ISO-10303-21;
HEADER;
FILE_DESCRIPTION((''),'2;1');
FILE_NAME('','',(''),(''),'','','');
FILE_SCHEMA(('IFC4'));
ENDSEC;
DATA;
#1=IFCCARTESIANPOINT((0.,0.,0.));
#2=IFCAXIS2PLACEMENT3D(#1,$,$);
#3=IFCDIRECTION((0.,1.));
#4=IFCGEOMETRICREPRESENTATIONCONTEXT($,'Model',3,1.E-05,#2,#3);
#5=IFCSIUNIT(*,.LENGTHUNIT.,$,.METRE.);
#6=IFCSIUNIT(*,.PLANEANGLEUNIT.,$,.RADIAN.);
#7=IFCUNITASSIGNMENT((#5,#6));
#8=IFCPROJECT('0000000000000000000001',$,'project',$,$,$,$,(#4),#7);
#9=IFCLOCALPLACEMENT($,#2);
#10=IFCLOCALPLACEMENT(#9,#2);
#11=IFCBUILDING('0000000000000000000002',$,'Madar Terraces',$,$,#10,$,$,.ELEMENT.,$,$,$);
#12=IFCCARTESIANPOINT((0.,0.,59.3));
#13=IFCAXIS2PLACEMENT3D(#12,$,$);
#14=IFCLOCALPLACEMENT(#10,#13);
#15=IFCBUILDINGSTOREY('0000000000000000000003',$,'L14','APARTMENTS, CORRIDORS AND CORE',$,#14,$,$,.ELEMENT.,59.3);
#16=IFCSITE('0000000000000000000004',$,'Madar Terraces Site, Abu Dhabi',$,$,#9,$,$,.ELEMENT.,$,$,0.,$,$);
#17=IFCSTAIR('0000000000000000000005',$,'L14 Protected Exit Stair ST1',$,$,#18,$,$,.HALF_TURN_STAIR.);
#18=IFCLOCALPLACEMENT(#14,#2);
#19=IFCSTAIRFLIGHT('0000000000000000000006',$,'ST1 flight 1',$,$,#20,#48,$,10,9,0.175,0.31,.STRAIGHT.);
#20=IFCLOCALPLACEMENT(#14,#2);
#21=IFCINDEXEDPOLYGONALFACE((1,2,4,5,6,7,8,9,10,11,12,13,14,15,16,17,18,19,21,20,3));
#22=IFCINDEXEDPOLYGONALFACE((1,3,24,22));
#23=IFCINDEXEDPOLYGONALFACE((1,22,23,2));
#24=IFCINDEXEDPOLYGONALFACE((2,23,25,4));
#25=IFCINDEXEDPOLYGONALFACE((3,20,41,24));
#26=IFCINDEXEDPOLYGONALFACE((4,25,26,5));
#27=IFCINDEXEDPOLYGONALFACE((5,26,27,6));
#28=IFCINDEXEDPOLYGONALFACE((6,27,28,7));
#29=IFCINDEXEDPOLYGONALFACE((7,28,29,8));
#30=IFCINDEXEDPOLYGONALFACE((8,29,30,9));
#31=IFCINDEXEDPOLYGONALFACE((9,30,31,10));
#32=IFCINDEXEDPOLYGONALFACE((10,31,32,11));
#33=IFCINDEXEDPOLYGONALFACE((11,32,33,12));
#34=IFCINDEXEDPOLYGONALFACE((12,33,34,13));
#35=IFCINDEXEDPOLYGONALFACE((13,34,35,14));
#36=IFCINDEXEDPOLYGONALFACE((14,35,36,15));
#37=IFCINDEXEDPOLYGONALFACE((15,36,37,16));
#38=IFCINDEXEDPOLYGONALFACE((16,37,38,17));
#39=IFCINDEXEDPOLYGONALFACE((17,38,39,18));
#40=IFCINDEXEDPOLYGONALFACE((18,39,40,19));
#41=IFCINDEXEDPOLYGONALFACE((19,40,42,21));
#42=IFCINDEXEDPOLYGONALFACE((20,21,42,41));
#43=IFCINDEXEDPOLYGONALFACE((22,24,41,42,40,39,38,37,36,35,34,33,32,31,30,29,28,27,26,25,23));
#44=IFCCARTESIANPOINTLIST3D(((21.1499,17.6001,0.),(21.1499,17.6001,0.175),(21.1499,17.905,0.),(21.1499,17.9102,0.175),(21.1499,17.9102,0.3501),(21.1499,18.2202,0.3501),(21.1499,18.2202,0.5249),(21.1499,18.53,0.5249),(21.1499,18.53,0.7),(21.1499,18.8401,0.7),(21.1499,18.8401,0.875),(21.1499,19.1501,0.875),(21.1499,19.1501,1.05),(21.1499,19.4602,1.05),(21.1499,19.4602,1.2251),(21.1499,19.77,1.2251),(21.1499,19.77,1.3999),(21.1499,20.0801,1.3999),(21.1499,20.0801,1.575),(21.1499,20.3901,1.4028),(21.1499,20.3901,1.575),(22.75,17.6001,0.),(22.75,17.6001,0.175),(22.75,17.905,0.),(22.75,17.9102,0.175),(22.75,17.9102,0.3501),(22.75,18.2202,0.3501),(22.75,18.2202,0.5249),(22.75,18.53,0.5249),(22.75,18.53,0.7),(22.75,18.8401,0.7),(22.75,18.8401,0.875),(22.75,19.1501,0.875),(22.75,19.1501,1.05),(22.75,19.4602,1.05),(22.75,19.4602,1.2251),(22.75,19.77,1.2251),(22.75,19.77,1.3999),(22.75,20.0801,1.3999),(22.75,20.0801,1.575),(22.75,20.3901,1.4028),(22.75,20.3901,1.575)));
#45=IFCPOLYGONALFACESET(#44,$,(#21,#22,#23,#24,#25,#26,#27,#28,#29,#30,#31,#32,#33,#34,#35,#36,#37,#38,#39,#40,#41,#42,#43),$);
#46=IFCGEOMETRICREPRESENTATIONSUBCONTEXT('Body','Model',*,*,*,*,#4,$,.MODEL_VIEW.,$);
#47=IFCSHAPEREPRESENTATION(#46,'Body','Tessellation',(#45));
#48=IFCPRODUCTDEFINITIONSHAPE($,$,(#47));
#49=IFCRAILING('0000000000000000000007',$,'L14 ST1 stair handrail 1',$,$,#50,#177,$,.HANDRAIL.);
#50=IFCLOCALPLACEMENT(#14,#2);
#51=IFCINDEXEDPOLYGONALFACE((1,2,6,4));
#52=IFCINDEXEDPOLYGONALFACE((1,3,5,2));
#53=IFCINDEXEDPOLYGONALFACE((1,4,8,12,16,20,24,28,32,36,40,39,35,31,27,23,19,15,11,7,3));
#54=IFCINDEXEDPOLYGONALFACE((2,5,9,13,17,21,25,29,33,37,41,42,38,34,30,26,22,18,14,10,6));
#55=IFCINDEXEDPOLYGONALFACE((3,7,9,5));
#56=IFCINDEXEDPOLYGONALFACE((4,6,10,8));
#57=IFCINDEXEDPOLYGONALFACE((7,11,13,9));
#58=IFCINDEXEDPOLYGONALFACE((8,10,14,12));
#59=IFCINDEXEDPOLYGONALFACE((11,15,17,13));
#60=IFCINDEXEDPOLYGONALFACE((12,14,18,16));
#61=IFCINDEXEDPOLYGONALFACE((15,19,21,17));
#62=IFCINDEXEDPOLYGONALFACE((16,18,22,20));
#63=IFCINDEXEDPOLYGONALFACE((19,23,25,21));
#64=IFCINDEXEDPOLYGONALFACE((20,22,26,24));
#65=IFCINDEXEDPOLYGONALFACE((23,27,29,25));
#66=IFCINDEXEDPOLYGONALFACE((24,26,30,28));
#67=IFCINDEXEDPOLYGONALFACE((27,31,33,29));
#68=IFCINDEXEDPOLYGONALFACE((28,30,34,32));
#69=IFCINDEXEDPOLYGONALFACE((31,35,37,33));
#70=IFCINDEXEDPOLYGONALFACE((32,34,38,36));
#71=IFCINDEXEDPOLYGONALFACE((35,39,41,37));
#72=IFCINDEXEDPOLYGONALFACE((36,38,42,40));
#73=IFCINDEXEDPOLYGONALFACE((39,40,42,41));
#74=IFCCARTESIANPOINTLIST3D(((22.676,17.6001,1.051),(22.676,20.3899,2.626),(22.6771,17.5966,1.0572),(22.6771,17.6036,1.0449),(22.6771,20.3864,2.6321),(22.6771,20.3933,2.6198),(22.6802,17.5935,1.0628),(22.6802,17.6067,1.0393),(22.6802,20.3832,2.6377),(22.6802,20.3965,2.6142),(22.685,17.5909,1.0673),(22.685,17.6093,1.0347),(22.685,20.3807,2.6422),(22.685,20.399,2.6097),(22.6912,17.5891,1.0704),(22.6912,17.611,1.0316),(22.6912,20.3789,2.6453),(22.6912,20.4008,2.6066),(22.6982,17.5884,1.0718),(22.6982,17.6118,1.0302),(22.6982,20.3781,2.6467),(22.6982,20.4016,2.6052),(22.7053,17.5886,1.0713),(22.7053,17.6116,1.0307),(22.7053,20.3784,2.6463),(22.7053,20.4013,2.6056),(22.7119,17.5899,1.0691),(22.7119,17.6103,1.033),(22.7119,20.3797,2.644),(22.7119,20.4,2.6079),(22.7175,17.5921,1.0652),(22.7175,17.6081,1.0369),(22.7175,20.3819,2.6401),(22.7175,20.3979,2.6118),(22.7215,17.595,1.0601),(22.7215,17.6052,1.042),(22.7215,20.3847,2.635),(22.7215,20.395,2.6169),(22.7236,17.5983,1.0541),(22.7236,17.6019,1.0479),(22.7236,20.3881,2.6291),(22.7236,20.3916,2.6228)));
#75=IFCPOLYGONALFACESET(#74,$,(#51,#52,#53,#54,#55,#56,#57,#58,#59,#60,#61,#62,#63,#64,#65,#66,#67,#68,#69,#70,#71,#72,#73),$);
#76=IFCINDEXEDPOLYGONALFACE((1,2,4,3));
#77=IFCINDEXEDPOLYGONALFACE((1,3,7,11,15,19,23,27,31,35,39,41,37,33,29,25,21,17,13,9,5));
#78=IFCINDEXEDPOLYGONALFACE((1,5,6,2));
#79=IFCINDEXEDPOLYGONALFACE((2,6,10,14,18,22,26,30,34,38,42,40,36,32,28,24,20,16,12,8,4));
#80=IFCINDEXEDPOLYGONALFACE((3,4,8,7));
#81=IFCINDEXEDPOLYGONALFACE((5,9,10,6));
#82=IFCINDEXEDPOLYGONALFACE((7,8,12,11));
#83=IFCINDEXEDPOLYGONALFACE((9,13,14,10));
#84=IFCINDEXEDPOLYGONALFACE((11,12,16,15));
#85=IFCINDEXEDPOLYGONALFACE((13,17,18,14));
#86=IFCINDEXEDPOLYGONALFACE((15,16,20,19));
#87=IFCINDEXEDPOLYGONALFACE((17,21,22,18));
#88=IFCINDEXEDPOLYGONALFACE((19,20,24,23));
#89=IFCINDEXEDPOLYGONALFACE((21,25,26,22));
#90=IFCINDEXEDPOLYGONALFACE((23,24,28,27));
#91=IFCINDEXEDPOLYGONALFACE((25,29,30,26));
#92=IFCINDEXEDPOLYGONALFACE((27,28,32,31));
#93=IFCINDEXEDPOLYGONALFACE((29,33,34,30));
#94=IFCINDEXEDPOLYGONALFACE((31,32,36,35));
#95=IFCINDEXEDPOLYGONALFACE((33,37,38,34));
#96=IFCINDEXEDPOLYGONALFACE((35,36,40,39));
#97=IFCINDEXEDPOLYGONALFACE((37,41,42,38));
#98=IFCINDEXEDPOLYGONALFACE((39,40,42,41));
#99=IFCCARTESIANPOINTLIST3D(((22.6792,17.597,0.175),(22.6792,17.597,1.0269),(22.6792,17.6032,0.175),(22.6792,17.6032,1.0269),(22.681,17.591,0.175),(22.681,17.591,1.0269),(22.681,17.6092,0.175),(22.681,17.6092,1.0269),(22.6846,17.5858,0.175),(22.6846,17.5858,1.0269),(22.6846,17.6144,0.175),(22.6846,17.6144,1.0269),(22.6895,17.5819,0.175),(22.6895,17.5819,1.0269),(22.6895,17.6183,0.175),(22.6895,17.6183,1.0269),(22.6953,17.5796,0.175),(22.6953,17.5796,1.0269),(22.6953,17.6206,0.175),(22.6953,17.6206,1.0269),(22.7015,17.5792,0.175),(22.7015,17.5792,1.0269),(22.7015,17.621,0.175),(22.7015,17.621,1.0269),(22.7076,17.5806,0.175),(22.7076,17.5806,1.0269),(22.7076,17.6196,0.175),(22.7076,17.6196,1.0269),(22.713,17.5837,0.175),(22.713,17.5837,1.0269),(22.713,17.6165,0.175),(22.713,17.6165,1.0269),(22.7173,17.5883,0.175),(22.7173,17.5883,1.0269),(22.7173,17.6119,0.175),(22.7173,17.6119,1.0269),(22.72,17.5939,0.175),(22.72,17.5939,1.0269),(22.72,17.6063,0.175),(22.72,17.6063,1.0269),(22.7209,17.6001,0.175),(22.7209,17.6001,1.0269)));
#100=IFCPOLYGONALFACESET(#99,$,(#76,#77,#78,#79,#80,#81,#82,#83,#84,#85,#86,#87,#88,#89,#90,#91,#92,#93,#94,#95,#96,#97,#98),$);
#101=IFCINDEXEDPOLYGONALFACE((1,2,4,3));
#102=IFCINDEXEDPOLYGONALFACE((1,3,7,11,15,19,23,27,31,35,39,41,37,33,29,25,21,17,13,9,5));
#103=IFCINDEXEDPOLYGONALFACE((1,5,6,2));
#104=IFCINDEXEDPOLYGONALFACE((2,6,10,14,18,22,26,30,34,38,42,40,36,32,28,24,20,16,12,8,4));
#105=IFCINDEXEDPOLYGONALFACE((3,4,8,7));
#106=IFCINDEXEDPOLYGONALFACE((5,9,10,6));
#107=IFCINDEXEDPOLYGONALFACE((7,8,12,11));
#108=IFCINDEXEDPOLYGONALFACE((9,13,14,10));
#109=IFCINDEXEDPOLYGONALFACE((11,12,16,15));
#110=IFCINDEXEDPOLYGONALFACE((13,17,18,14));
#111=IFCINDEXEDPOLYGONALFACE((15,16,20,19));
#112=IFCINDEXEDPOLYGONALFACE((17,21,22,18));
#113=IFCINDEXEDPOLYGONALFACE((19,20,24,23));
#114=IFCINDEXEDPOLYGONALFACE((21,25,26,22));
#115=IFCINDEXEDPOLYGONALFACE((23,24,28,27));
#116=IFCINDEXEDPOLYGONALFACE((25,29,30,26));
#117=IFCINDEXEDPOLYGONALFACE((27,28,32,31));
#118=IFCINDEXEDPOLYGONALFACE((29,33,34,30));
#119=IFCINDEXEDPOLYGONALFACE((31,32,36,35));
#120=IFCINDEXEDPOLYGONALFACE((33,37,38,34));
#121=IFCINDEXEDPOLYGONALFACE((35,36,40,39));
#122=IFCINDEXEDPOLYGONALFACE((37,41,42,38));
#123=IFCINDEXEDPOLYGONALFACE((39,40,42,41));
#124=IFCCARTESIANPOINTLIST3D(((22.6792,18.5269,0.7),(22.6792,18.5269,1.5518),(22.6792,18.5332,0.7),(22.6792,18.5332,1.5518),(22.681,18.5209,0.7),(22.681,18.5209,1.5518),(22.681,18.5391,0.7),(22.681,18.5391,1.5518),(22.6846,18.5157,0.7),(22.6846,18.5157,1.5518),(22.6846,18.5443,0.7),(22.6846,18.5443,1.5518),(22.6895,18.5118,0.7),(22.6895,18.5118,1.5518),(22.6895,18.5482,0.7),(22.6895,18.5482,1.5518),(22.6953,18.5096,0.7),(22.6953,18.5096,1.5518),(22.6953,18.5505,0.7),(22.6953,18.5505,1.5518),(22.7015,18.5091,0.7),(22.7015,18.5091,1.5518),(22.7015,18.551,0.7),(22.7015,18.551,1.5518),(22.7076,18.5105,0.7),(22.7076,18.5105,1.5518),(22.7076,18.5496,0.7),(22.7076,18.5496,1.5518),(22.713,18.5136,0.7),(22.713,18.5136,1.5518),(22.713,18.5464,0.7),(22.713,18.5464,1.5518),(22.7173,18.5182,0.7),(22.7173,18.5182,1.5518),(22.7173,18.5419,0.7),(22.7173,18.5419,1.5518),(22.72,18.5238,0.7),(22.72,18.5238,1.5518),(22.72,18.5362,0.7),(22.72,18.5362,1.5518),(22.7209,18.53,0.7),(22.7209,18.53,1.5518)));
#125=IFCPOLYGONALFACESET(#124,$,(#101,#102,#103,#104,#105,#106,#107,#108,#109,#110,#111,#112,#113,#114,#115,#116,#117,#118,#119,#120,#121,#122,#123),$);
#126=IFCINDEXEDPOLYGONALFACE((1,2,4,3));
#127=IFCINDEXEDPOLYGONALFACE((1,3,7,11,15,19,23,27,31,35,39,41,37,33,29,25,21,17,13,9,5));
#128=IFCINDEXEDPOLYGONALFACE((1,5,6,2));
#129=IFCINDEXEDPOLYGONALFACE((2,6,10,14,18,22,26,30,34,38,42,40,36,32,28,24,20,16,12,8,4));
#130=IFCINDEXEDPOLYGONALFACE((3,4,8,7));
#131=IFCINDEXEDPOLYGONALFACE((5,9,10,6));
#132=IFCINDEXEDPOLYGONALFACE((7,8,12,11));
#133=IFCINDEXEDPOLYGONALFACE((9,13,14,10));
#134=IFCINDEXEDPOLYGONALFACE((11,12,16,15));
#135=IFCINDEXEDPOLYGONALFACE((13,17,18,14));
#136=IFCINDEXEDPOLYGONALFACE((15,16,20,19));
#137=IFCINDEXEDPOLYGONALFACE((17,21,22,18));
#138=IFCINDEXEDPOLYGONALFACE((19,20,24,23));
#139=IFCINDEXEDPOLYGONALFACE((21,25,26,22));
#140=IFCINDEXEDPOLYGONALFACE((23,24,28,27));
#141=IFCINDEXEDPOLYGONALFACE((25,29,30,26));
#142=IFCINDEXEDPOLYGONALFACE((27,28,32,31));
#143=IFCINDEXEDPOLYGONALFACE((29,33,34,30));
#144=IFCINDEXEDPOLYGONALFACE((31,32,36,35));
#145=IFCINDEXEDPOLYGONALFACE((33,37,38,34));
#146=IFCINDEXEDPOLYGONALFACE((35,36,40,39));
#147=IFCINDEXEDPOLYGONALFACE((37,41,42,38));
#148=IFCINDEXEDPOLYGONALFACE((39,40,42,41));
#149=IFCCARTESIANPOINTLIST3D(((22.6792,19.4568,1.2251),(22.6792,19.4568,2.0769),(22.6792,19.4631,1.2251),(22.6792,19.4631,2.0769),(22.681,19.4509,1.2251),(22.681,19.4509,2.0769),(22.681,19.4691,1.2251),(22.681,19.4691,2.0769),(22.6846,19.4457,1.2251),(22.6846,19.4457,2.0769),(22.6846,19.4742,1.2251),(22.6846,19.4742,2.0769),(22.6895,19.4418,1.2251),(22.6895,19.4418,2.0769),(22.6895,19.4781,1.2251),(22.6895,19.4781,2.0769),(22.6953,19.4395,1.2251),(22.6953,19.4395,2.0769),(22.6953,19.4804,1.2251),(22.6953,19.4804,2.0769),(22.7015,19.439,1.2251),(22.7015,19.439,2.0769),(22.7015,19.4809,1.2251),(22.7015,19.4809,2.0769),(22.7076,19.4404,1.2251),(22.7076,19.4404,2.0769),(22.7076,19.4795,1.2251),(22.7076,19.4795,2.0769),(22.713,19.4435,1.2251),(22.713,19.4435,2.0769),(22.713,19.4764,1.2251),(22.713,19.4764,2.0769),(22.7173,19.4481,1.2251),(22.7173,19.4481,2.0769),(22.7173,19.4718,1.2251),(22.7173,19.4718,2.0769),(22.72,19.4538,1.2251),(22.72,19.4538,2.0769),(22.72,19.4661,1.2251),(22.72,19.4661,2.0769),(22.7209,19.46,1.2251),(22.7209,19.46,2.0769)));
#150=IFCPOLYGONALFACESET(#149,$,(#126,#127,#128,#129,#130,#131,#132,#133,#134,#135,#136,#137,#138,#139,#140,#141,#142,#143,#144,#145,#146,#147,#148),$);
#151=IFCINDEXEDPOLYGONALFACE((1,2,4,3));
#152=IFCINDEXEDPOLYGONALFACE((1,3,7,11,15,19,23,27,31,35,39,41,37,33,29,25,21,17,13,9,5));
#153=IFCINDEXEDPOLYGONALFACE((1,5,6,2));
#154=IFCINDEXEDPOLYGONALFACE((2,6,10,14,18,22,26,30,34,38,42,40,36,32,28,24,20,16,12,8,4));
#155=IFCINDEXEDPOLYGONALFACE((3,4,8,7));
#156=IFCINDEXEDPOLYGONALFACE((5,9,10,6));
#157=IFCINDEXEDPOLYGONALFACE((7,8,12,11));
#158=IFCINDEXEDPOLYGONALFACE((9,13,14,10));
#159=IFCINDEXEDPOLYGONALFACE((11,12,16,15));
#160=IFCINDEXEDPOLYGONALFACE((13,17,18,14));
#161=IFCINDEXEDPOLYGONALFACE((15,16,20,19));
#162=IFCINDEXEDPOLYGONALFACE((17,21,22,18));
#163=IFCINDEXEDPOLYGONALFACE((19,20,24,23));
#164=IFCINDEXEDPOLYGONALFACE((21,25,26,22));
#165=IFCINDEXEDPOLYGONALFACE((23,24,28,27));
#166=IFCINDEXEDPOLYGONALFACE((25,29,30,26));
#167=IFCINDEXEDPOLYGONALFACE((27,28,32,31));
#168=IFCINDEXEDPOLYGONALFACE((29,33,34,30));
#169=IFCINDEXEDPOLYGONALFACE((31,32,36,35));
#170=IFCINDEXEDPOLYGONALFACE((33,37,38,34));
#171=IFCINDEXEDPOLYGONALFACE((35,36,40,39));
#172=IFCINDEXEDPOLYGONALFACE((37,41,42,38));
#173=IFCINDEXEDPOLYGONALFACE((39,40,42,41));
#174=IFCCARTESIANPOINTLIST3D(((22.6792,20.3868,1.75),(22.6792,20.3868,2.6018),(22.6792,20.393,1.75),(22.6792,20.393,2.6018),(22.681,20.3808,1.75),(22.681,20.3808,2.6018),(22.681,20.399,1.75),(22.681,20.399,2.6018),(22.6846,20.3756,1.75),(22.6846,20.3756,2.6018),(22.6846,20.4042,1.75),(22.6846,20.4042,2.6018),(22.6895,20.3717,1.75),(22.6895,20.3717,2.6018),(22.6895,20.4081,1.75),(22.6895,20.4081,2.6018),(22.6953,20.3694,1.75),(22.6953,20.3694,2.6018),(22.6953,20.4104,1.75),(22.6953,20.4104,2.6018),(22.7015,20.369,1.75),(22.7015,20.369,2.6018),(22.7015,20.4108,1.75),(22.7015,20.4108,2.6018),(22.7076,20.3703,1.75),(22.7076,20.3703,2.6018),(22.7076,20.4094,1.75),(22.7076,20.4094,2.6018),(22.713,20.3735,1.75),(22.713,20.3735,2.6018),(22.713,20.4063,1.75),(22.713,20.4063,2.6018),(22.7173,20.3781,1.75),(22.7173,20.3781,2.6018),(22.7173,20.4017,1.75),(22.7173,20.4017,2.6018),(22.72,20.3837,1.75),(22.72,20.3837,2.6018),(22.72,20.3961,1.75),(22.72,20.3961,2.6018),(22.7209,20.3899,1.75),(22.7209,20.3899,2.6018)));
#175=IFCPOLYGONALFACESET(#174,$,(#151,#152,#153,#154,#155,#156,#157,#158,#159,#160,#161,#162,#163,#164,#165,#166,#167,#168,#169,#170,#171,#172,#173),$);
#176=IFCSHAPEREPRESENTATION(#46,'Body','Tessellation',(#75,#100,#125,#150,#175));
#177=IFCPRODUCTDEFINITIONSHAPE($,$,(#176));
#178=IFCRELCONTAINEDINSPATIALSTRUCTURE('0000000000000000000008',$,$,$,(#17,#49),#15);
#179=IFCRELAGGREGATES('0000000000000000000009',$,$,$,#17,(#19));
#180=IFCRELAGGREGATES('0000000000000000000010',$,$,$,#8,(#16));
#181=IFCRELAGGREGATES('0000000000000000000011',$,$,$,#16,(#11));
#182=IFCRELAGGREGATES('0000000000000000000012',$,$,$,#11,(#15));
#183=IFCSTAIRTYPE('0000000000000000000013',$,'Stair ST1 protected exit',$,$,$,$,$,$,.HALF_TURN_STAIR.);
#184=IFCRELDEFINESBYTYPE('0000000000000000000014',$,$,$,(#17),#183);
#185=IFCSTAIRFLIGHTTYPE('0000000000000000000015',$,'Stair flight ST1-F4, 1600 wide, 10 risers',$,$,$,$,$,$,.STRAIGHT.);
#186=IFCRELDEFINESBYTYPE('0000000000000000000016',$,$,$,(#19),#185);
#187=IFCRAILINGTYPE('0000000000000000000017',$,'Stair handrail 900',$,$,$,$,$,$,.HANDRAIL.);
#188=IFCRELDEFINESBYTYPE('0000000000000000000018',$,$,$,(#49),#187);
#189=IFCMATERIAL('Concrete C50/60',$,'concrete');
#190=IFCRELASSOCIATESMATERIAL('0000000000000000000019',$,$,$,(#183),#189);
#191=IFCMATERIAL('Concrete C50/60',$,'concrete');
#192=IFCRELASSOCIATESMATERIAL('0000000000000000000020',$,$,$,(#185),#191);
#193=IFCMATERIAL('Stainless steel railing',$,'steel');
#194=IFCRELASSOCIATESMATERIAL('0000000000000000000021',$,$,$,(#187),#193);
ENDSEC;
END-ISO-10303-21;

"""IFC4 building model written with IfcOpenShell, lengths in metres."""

from ifc_helpers import new_model, si_unit, direction, frame, origin, origin_2d, place, context, subcontext, project, spatial, polyline, circle, outline, extrude, material, type_object, element, aggregate, save


model = new_model("IFC4")

# Units and contexts
model_context = context("Model", 3, precision=1e-05, world=origin(), true_north=direction((0.0, 1.0)))
body_context = subcontext(model_context, "Body", "Model", "MODEL_VIEW")
ifc_project = project(units=[si_unit("LENGTHUNIT", "METRE"), si_unit("PLANEANGLEUNIT", "RADIAN")], contexts=[model_context])

# Site, building, storey
site_placement = place(None, origin())
site = spatial("IfcSite", under=ifc_project, at=site_placement, Name="Madar Terraces Site, Abu Dhabi", CompositionType="ELEMENT", RefElevation=0.0)
building_placement = place(site_placement, origin())
building = spatial("IfcBuilding", under=site, at=building_placement, Name="Madar Terraces", CompositionType="ELEMENT")
storey_placement = place(building_placement, frame((0.0, 0.0, 59.3)))
storey = spatial("IfcBuildingStorey", under=building, at=storey_placement, Name="L14", Description="APARTMENTS, CORRIDORS AND CORE", CompositionType="ELEMENT", Elevation=59.3)

# Stair, stair flight
ifc_material_1 = material(Name="Concrete C50/60", Category="concrete")
stair_type = type_object("IfcStairType", Name="Stair ST1 protected exit", PredefinedType="HALF_TURN_STAIR", material=ifc_material_1)
stair_placement = place(storey_placement, origin())
stair = element("IfcStair", 1, at=stair_placement, inside=storey, type_object=stair_type, Name="L14 Protected Exit Stair ST1", PredefinedType="HALF_TURN_STAIR")
ifc_material_2 = material(Name="Concrete C50/60", Category="concrete")
stair_flight_type = type_object("IfcStairFlightType", Name="Stair flight ST1-F4, 1600 wide, 10 risers", PredefinedType="STRAIGHT", material=ifc_material_2)
stair_flight_placement = place(storey_placement, frame((21.95, 17.6001, 0.0), z_axis=(0.0, 0.0, 1.0), x_axis=(0.0, 1.0, 0.0)))
stair_flight = element("IfcStairFlight", 2, at=stair_flight_placement, type_object=stair_flight_type, Name="ST1 flight 1", NumberOfRisers=10, NumberOfTreads=9, PredefinedType="STRAIGHT", RiserHeight=0.175, TreadLength=0.31, context=body_context, shape_type="SweptSolid", body=[
    extrude(outline(polyline([(0.0, 0.0), (0.0, 0.175), (0.3101, 0.175), (0.3101, 0.3501), (0.6201, 0.3501), (0.6201, 0.5249), (0.9299, 0.5249), (0.9299, 0.7), (1.24, 0.7), (1.24, 0.875), (1.55, 0.875), (1.55, 1.05), (1.8601, 1.05), (1.8601, 1.2251), (2.1699, 1.2251), (2.1699, 1.3999), (2.48, 1.3999), (2.48, 1.575), (2.79, 1.575), (2.79, 1.75), (2.79, 1.4028), (0.3049, 0.0), (0.0, 0.0)])), frame((0.0, 0.8, 0.0), z_axis=(0.0, -1.0, 0.0), x_axis=(1.0, 0.0, 0.0)), (0.0, 0.0, 1.0), 1.6001),
])
aggregate(stair, [stair_flight])

# Railing
ifc_material_3 = material(Name="Stainless steel railing", Category="steel")
railing_type = type_object("IfcRailingType", Name="Stair handrail 900", PredefinedType="HANDRAIL", material=ifc_material_3)
railing_placement = place(storey_placement, frame((22.7, 17.6001, 0.175)))
element("IfcRailing", 3, at=railing_placement, inside=storey, type_object=railing_type, Name="L14 ST1 stair handrail 1", PredefinedType="HANDRAIL", context=body_context, shape_type="SweptSolid", body=[
    extrude(circle(Radius=0.0239, at=origin_2d()), frame((0.0, 0.0, 0.876), z_axis=(0.0, 0.870815, 0.49161), x_axis=(-1.0, 0.0, 0.0)), (0.0, 0.0, 1.0), 3.2036),
    extrude(circle(Radius=0.021, at=origin_2d()), origin(), (0.0, 0.0, 1.0), 0.8518),
    extrude(circle(Radius=0.021, at=origin_2d()), frame((0.0, 0.9299, 0.5249)), (0.0, 0.0, 1.0), 0.8518),
    extrude(circle(Radius=0.021, at=origin_2d()), frame((0.0, 1.8599, 1.05)), (0.0, 0.0, 1.0), 0.8518),
    extrude(circle(Radius=0.021, at=origin_2d()), frame((0.0, 2.7898, 1.575)), (0.0, 0.0, 1.0), 0.8518),
])

save(model, "model.ifc")
